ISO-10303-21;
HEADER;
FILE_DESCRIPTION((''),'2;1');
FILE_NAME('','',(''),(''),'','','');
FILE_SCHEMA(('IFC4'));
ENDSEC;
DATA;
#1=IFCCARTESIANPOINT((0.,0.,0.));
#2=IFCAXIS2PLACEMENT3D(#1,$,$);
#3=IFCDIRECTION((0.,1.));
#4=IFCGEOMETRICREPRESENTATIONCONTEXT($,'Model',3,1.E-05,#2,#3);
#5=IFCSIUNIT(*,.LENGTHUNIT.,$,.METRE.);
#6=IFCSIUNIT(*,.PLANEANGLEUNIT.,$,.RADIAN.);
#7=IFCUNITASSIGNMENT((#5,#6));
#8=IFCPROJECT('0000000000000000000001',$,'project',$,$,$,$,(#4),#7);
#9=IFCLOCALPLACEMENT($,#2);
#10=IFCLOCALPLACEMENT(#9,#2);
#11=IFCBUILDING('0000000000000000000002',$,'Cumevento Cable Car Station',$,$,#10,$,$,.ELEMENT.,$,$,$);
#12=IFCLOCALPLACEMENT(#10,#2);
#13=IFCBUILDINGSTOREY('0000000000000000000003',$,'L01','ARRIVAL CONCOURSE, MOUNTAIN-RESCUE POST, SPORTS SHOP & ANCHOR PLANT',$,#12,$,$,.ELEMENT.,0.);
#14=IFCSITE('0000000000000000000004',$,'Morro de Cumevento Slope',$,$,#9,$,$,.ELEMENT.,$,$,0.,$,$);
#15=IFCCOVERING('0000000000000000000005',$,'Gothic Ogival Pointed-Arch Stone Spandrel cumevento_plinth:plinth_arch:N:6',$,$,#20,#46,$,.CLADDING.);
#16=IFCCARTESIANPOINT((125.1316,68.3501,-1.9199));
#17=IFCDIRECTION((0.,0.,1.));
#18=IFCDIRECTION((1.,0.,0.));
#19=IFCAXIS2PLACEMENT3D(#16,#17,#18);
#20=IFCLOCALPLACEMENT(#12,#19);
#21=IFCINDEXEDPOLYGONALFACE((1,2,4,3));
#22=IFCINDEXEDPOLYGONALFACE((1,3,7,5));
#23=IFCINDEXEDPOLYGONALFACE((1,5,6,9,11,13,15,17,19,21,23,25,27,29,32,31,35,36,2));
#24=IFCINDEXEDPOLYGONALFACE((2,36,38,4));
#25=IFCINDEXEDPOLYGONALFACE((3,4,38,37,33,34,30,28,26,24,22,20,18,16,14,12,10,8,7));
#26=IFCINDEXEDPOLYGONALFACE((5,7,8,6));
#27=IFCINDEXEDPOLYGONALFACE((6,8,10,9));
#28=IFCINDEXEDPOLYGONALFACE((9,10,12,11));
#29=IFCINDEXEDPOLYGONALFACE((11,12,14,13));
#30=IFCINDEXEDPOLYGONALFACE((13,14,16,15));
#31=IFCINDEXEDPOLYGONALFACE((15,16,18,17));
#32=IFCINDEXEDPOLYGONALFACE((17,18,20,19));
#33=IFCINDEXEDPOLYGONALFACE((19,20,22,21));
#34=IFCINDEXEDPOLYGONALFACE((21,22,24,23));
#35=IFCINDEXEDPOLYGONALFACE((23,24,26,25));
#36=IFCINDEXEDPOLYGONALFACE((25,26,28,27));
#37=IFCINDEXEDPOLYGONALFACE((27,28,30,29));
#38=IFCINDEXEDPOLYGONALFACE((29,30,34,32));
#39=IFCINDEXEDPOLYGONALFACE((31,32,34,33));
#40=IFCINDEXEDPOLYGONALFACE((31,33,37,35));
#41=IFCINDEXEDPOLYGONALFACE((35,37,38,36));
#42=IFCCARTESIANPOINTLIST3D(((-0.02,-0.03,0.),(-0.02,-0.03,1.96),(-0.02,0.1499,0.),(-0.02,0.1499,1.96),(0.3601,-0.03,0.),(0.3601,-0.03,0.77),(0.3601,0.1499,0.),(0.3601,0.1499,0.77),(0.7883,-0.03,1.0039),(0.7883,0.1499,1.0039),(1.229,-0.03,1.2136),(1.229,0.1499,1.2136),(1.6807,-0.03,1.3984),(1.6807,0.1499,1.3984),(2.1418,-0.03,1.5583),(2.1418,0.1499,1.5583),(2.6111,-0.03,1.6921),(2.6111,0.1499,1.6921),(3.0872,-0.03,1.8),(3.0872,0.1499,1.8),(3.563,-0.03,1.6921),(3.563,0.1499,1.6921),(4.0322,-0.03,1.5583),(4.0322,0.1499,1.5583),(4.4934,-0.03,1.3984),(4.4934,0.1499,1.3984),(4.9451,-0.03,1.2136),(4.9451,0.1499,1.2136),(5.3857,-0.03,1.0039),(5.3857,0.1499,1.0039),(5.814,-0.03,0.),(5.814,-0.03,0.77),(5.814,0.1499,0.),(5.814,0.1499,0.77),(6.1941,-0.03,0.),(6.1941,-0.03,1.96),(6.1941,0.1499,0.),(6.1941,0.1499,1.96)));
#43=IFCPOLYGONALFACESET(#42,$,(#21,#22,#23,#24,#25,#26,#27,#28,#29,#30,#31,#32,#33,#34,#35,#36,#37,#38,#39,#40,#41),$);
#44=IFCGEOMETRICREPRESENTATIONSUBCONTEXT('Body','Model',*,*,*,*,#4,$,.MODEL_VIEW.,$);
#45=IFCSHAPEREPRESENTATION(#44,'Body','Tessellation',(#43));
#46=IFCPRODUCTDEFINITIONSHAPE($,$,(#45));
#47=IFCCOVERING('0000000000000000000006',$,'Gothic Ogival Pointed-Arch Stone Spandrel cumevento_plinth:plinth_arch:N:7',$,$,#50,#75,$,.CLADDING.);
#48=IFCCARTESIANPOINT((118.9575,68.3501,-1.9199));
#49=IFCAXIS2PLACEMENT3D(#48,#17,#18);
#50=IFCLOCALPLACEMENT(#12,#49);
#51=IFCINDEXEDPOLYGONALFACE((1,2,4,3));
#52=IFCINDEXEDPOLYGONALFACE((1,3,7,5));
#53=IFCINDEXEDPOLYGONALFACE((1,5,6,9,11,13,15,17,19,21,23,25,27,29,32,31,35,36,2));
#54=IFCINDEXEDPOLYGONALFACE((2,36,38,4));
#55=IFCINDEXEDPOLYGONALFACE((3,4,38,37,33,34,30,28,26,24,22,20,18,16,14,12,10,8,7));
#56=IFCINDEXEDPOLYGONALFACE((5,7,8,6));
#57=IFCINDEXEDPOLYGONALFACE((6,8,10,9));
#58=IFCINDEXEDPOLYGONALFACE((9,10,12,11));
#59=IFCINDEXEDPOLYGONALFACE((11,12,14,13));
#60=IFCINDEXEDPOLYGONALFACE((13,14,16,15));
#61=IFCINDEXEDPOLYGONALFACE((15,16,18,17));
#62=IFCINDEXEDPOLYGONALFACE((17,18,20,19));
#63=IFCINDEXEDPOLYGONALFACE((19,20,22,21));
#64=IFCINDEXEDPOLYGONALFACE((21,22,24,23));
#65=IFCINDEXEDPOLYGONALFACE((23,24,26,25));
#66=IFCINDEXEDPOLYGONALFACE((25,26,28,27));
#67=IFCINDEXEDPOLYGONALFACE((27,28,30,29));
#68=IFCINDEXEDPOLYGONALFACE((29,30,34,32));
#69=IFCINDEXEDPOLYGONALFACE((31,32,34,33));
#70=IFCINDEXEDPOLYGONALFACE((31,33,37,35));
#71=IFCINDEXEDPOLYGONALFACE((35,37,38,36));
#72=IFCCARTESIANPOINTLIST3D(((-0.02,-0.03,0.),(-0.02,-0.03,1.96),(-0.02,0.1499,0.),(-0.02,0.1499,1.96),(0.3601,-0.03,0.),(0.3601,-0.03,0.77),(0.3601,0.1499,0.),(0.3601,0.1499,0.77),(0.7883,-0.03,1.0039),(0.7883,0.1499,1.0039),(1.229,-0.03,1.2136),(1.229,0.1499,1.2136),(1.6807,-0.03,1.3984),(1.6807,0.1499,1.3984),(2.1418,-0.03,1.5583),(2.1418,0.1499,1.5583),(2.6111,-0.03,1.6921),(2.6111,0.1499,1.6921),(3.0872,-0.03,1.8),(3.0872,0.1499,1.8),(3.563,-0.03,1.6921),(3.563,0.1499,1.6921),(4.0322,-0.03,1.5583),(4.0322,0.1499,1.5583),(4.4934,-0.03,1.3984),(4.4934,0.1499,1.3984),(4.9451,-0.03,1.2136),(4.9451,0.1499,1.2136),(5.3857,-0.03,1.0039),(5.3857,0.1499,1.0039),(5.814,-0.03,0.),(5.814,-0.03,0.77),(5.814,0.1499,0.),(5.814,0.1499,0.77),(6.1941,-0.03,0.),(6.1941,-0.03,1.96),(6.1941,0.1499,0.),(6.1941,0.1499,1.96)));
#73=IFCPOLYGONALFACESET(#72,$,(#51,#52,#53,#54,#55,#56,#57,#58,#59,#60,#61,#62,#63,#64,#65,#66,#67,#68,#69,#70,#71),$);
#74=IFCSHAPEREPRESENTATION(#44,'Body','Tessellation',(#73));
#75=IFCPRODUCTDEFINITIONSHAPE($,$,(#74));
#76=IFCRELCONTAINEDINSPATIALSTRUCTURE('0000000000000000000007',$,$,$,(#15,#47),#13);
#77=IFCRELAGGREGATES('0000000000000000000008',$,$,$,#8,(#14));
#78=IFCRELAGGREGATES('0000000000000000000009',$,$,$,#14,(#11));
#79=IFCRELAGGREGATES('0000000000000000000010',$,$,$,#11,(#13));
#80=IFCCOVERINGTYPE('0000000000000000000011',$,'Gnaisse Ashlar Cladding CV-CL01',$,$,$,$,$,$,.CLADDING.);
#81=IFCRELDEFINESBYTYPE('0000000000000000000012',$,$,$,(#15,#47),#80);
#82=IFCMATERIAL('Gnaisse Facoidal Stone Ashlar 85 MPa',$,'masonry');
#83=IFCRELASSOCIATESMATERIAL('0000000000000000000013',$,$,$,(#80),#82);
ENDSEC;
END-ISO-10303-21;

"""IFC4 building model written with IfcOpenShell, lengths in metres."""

from ifc_helpers import new_model, si_unit, direction, frame, origin, place, context, subcontext, project, spatial, polyline, outline, extrude, material, type_object, element, save


model = new_model("IFC4")

# Units and contexts
model_context = context("Model", 3, precision=1e-05, world=origin(), true_north=direction((0.0, 1.0)))
body_context = subcontext(model_context, "Body", "Model", "MODEL_VIEW")
ifc_project = project(units=[si_unit("LENGTHUNIT", "METRE"), si_unit("PLANEANGLEUNIT", "RADIAN")], contexts=[model_context])

# Site, building, storey
site_placement = place(None, origin())
site = spatial("IfcSite", under=ifc_project, at=site_placement, Name="Morro de Cumevento Slope", CompositionType="ELEMENT", RefElevation=0.0)
building_placement = place(site_placement, origin())
building = spatial("IfcBuilding", under=site, at=building_placement, Name="Cumevento Cable Car Station", CompositionType="ELEMENT")
storey_placement = place(building_placement, origin())
storey = spatial("IfcBuildingStorey", under=building, at=storey_placement, Name="L01", Description="ARRIVAL CONCOURSE, MOUNTAIN-RESCUE POST, SPORTS SHOP & ANCHOR PLANT", CompositionType="ELEMENT", Elevation=0.0)

# Coverings
ifc_material_1 = material(Name="Gnaisse Facoidal Stone Ashlar 85 MPa", Category="masonry")
covering_type = type_object("IfcCoveringType", Name="Gnaisse Ashlar Cladding CV-CL01", PredefinedType="CLADDING", material=ifc_material_1)
for number, where, z_axis, x_axis, name in (
    (1, (125.1316, 68.3501, -1.9199), (0.0, 0.0, 1.0), (1.0, 0.0, 0.0), "Gothic Ogival Pointed-Arch Stone Spandrel cumevento_plinth:plinth_arch:N:6"),
    (2, (118.9575, 68.3501, -1.9199), (0.0, 0.0, 1.0), (1.0, 0.0, 0.0), "Gothic Ogival Pointed-Arch Stone Spandrel cumevento_plinth:plinth_arch:N:7"),
):
    element("IfcCovering", number, at=place(storey_placement, frame(where, z_axis=z_axis, x_axis=x_axis)), inside=storey, type_object=covering_type, Name=name, PredefinedType="CLADDING", context=body_context, shape_type="SweptSolid", body=[
        extrude(outline(polyline([(-0.02, 0.0), (-0.02, 1.96), (6.1941, 1.96), (6.1941, 0.0), (5.814, 0.0), (5.814, 0.77), (5.3857, 1.0039), (4.9451, 1.2136), (4.4934, 1.3984), (4.0322, 1.5583), (3.563, 1.6921), (3.0872, 1.8), (2.6111, 1.6921), (2.1418, 1.5583), (1.6807, 1.3984), (1.229, 1.2136), (0.7883, 1.0039), (0.3601, 0.77), (0.3601, 0.0), (-0.02, 0.0)])), frame((0.0, 0.1499, 0.0), z_axis=(0.0, -1.0, 0.0), x_axis=(1.0, 0.0, 0.0)), (0.0, 0.0, 1.0), 0.1799),
    ])

save(model, "model.ifc")
